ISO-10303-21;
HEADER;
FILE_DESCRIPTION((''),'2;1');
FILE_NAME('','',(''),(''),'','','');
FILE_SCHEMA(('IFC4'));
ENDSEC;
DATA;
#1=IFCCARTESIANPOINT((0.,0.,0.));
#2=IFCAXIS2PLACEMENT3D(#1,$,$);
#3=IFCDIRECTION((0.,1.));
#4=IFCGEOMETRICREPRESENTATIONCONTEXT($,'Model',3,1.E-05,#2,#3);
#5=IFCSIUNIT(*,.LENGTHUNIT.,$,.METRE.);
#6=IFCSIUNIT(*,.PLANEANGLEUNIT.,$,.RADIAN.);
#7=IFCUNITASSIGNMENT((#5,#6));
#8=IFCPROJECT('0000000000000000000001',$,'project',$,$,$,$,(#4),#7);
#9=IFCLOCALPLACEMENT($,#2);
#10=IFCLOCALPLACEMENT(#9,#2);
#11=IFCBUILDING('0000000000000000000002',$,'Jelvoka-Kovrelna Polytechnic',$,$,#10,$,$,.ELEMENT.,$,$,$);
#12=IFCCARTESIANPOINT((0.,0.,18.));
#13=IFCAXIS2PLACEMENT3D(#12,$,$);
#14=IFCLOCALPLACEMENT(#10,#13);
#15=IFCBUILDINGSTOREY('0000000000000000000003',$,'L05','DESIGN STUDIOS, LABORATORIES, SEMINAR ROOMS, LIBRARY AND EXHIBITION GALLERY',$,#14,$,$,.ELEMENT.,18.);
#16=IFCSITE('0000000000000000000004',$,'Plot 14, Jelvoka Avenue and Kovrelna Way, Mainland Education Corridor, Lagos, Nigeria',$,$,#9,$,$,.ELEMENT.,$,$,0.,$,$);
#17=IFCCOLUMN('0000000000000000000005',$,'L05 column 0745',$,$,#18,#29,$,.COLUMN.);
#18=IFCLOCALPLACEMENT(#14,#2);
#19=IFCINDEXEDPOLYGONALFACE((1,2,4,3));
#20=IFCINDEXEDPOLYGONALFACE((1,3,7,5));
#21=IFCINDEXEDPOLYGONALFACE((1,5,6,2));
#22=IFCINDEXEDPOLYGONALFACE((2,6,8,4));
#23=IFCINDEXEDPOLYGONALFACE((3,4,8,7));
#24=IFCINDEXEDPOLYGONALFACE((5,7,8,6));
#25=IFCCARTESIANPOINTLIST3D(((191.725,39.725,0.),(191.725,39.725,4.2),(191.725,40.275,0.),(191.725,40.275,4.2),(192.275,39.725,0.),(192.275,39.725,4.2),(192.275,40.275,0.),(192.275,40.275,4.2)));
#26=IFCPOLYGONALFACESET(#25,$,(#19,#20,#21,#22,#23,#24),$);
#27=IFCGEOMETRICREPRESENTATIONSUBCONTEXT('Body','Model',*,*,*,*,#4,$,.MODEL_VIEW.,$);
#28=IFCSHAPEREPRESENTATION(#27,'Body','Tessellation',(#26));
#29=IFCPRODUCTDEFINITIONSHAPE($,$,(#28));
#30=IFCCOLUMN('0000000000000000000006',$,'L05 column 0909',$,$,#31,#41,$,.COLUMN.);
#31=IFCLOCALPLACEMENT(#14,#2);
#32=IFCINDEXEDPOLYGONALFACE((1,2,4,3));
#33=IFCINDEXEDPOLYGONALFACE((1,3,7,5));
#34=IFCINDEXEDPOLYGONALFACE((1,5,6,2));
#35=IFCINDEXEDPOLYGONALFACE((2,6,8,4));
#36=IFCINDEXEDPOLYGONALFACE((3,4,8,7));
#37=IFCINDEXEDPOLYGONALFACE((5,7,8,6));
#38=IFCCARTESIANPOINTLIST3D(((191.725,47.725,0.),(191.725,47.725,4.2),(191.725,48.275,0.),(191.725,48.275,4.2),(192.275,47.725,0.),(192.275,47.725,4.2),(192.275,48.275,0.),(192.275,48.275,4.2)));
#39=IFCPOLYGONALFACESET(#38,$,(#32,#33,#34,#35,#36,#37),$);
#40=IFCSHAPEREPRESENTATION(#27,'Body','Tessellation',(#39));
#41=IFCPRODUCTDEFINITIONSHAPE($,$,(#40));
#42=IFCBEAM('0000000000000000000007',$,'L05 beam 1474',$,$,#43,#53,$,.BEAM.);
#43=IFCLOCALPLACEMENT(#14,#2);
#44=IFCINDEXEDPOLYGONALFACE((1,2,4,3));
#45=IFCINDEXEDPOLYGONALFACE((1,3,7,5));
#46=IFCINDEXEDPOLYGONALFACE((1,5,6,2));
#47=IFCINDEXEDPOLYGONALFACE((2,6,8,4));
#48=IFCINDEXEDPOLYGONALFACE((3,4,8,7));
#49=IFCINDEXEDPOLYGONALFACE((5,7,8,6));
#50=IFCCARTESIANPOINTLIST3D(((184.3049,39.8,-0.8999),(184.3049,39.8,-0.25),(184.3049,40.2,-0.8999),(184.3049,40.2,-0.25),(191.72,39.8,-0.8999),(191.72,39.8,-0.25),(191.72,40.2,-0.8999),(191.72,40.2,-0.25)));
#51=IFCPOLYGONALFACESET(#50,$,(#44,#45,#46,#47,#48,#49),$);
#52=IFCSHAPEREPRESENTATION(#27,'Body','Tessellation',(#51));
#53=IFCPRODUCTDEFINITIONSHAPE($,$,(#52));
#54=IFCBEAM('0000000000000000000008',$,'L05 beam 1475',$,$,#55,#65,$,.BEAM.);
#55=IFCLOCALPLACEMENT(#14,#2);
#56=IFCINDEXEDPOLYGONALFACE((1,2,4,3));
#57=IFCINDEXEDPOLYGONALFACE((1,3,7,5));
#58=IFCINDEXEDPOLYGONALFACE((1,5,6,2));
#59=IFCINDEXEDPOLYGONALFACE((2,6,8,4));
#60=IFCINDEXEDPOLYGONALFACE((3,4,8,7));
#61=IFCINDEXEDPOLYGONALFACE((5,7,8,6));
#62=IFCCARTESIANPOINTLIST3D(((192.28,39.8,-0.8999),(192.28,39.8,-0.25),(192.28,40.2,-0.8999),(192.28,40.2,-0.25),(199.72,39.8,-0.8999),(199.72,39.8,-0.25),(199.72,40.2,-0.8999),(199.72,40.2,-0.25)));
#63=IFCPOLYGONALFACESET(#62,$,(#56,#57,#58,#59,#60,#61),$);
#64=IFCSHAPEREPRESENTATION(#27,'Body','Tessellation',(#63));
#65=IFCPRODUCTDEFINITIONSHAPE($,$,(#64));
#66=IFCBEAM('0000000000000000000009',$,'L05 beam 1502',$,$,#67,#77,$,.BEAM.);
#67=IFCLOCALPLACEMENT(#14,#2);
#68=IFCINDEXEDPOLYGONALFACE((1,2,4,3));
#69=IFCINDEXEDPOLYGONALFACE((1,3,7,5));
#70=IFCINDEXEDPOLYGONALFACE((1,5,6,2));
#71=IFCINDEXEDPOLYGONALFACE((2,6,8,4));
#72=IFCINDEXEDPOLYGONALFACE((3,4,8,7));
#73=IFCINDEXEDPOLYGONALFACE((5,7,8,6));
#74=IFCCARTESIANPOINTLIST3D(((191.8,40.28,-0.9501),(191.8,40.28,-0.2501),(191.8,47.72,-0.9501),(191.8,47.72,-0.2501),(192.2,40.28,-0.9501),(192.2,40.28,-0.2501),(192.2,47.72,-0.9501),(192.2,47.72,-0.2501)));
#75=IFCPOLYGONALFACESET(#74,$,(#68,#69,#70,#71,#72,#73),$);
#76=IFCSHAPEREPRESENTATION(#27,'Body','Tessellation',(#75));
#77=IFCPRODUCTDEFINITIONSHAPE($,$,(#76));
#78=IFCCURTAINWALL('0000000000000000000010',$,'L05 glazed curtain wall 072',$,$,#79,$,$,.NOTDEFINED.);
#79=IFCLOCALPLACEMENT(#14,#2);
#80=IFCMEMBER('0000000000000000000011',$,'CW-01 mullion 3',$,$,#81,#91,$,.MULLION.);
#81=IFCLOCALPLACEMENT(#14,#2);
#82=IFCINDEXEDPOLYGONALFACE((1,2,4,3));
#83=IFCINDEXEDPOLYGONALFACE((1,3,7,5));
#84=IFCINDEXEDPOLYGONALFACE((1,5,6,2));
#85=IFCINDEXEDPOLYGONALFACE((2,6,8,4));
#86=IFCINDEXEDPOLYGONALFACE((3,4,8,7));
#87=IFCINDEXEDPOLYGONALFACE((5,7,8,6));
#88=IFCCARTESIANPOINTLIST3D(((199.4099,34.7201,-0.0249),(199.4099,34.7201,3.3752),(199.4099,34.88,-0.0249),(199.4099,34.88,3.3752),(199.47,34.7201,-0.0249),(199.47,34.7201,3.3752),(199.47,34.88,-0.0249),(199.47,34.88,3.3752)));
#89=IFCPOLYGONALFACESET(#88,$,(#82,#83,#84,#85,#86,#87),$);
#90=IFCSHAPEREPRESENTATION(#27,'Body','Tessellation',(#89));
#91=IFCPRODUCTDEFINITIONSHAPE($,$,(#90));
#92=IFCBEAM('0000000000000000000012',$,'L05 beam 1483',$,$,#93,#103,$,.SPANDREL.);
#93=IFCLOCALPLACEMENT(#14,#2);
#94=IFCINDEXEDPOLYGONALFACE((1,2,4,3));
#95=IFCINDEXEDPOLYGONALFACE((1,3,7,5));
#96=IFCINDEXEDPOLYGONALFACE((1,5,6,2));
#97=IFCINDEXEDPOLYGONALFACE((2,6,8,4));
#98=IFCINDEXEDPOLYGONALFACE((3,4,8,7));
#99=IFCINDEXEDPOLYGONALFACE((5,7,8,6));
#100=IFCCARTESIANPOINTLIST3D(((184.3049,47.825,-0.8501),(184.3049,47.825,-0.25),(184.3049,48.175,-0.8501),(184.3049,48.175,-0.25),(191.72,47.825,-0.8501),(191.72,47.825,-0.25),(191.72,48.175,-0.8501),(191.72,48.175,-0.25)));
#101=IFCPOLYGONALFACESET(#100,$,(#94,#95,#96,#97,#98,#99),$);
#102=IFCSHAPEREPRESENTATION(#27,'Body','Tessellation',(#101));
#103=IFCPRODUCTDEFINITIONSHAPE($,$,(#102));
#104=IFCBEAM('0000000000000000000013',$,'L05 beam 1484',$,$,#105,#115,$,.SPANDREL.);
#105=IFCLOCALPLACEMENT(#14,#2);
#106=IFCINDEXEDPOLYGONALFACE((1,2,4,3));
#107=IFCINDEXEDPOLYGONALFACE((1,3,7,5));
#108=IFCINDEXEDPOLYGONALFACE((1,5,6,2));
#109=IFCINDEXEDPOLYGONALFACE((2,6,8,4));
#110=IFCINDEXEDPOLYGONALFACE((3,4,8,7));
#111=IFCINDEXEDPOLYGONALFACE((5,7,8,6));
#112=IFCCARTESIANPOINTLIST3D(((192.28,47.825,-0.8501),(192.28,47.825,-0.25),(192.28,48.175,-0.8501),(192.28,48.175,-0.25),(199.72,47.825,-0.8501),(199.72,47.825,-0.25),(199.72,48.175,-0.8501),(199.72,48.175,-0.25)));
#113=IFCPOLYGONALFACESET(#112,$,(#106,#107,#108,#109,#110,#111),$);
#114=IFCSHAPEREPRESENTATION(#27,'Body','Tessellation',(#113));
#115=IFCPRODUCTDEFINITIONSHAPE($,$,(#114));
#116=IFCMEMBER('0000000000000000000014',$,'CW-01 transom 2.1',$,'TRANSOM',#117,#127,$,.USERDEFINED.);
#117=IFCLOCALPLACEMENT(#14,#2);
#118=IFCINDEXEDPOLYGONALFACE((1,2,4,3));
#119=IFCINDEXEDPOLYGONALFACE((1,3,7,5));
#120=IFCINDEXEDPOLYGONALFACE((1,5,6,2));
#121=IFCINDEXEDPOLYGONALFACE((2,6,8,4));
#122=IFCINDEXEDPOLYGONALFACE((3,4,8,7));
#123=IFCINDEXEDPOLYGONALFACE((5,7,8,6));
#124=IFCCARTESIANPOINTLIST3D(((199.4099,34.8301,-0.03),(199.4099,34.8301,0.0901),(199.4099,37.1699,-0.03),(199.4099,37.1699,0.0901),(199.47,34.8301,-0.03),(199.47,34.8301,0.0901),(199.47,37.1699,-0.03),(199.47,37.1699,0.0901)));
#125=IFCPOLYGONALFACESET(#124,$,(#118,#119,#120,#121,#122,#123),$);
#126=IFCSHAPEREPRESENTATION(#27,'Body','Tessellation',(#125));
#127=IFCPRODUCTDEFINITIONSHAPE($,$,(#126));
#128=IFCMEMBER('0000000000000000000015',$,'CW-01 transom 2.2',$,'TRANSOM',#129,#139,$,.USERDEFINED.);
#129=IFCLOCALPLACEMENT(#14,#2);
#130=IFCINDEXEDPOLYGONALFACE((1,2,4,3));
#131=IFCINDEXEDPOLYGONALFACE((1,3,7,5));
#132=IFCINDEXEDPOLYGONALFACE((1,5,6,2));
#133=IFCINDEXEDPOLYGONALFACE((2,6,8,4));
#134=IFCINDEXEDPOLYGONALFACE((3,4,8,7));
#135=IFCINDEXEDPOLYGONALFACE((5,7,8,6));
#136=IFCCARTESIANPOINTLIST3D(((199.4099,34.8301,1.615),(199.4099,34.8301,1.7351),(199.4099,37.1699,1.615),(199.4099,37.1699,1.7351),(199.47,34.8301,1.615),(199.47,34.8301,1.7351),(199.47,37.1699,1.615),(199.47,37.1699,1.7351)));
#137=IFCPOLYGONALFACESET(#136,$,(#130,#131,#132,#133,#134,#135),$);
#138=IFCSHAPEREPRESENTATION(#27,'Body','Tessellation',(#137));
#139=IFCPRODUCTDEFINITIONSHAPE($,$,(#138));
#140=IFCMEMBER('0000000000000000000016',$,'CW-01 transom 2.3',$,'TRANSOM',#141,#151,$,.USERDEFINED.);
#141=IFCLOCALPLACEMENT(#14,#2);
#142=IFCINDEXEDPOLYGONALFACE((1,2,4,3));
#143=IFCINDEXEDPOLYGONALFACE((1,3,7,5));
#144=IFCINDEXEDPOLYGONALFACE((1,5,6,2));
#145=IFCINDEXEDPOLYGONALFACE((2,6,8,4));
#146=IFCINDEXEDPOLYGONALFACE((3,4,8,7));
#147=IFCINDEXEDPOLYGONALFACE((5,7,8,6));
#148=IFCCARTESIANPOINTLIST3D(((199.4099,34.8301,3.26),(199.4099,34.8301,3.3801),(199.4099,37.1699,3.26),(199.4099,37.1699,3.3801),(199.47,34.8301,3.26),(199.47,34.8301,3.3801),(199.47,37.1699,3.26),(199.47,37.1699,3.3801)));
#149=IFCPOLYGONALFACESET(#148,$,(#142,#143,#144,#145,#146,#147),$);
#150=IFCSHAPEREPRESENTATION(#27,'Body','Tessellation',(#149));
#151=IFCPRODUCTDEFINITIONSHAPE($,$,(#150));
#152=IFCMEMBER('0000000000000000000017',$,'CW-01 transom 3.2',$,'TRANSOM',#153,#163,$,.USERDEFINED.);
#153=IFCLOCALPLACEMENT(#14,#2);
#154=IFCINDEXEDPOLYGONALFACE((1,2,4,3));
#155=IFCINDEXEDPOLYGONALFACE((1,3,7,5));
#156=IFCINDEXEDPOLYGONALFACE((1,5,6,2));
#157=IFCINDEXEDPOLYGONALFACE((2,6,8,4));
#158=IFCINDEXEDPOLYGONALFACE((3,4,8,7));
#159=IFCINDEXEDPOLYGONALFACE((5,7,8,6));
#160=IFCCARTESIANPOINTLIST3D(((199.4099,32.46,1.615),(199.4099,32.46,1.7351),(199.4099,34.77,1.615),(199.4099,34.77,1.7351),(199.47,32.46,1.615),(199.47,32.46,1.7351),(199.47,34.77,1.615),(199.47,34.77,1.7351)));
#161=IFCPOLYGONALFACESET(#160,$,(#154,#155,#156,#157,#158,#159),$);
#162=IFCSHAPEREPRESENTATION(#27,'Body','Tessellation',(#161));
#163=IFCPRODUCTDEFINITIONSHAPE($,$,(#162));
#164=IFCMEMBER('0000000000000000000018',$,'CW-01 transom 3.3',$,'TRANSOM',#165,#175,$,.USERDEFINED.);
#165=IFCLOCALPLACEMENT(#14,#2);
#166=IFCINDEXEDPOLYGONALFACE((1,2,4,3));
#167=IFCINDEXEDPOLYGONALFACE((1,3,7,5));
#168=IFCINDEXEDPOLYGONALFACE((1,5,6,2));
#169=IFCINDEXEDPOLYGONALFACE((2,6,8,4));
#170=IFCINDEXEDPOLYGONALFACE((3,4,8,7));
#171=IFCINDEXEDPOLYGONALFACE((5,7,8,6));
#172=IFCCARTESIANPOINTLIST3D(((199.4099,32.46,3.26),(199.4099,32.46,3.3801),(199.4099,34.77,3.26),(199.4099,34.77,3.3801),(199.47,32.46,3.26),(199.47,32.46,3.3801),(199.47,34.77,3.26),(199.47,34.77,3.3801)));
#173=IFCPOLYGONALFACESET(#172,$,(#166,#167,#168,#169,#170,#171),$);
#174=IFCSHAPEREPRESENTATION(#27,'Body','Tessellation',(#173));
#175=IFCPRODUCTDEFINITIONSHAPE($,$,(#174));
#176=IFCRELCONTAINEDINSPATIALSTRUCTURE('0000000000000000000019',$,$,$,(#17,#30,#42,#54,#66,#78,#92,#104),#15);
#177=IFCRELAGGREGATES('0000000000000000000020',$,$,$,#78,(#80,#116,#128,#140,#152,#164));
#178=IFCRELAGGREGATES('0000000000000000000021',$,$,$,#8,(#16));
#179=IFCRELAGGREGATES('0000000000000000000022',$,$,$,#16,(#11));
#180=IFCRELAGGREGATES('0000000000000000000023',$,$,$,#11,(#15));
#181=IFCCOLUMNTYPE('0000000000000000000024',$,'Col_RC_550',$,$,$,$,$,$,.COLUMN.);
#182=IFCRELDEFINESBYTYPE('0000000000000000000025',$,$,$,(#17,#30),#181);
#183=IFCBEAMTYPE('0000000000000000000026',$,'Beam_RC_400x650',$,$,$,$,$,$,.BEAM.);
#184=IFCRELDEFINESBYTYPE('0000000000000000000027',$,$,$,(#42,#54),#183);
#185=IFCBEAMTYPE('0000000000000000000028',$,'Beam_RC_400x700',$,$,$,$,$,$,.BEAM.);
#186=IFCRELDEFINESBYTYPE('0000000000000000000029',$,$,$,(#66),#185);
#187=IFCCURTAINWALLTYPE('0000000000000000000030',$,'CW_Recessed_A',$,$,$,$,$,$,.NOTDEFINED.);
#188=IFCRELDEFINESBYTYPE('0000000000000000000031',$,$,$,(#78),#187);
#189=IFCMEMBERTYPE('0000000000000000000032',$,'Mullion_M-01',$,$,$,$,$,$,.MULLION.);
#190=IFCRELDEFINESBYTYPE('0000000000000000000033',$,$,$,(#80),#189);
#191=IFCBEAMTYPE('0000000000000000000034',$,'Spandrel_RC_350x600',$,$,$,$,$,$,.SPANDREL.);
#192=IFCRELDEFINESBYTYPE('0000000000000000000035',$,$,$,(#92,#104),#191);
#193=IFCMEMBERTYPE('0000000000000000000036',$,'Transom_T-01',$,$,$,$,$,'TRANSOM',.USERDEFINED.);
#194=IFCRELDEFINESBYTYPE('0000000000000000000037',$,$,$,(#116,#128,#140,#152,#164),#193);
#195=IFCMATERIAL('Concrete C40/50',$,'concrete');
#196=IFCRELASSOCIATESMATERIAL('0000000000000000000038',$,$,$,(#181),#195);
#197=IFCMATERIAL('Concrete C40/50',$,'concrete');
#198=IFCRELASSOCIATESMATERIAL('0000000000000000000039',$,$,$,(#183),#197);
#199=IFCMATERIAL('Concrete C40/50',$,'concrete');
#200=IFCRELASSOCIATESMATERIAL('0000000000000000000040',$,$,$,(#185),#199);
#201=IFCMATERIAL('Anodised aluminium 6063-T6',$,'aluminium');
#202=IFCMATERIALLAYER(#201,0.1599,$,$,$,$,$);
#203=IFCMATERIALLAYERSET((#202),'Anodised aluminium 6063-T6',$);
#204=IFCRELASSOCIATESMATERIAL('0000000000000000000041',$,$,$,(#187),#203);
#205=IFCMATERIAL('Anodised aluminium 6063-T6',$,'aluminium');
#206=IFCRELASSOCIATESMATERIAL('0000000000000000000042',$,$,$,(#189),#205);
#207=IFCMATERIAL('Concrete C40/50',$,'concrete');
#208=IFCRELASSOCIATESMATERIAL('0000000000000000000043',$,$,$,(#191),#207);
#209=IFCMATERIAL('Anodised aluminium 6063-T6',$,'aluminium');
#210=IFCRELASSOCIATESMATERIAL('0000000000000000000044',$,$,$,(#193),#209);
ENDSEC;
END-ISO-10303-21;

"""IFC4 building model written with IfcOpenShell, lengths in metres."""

from ifc_helpers import new_model, si_unit, direction, frame, origin, origin_2d, place, context, subcontext, project, spatial, rectangle, extrude, material, layer, layer_set, material_profile, profile_set, type_object, element, aggregate, save


model = new_model("IFC4")

# Units and contexts
model_context = context("Model", 3, precision=1e-05, world=origin(), true_north=direction((0.0, 1.0)))
body_context = subcontext(model_context, "Body", "Model", "MODEL_VIEW")
ifc_project = project(units=[si_unit("LENGTHUNIT", "METRE"), si_unit("PLANEANGLEUNIT", "RADIAN")], contexts=[model_context])

# Site, building, storey
site_placement = place(None, origin())
site = spatial("IfcSite", under=ifc_project, at=site_placement, Name="Plot 14, Jelvoka Avenue and Kovrelna Way, Mainland Education Corridor, Lagos, Nigeria", CompositionType="ELEMENT", RefElevation=0.0)
building_placement = place(site_placement, origin())
building = spatial("IfcBuilding", under=site, at=building_placement, Name="Jelvoka-Kovrelna Polytechnic", CompositionType="ELEMENT")
storey_placement = place(building_placement, frame((0.0, 0.0, 18.0)))
storey = spatial("IfcBuildingStorey", under=building, at=storey_placement, Name="L05", Description="DESIGN STUDIOS, LABORATORIES, SEMINAR ROOMS, LIBRARY AND EXHIBITION GALLERY", CompositionType="ELEMENT", Elevation=18.0)

# Columns
ifc_material_1 = material(Name="Concrete C40/50", Category="concrete")
ifc_material_profile_1 = material_profile(ifc_material_1, rectangle(XDim=0.55, YDim=0.55, at=origin_2d()), Name="RC 550x550")
ifc_profile_set_1 = profile_set([ifc_material_profile_1], Name="Concrete C40/50")
column_type = type_object("IfcColumnType", Name="Col_RC_550", PredefinedType="COLUMN", material=ifc_profile_set_1)
for number, where, z_axis, x_axis, name in (
    (1, (192.0, 40.0, 0.0), (0.0, 0.0, 1.0), (1.0, 0.0, 0.0), "L05 column 0745"),
    (2, (192.0, 48.0, 0.0), (0.0, 0.0, 1.0), (1.0, 0.0, 0.0), "L05 column 0909"),
):
    element("IfcColumn", number, at=place(storey_placement, frame(where, z_axis=z_axis, x_axis=x_axis)), inside=storey, type_object=column_type, Name=name, PredefinedType="COLUMN", context=body_context, shape_type="SweptSolid", body=[
        extrude(rectangle(XDim=0.55, YDim=0.55, at=origin_2d()), origin(), (0.0, 0.0, 1.0), 4.2),
    ])

# Beams
ifc_material_2 = material(Name="Concrete C40/50", Category="concrete")
ifc_material_profile_2 = material_profile(ifc_material_2, rectangle(XDim=0.3999, YDim=0.6499, at=origin_2d()), Name="RC 400x650")
ifc_profile_set_2 = profile_set([ifc_material_profile_2], Name="Concrete C40/50")
beam_type_1 = type_object("IfcBeamType", Name="Beam_RC_400x650", PredefinedType="BEAM", material=ifc_profile_set_2)
beam_1_placement = place(storey_placement, frame((184.3049, 40.0, -0.575), z_axis=(1.0, 0.0, 0.0), x_axis=(0.0, 1.0, 0.0)))
element("IfcBeam", 3, at=beam_1_placement, inside=storey, type_object=beam_type_1, Name="L05 beam 1474", PredefinedType="BEAM", context=body_context, shape_type="SweptSolid", body=[
    extrude(rectangle(XDim=0.3999, YDim=0.6499, at=origin_2d()), origin(), (0.0, 0.0, 1.0), 7.415),
])
beam_2_placement = place(storey_placement, frame((192.28, 40.0, -0.575), z_axis=(1.0, 0.0, 0.0), x_axis=(0.0, 1.0, 0.0)))
element("IfcBeam", 4, at=beam_2_placement, inside=storey, type_object=beam_type_1, Name="L05 beam 1475", PredefinedType="BEAM", context=body_context, shape_type="SweptSolid", body=[
    extrude(rectangle(XDim=0.3999, YDim=0.6499, at=origin_2d()), origin(), (0.0, 0.0, 1.0), 7.4399),
])
ifc_material_3 = material(Name="Concrete C40/50", Category="concrete")
ifc_material_profile_3 = material_profile(ifc_material_3, rectangle(XDim=0.3999, YDim=0.7, at=origin_2d()), Name="RC 400x700")
ifc_profile_set_3 = profile_set([ifc_material_profile_3], Name="Concrete C40/50")
beam_type_2 = type_object("IfcBeamType", Name="Beam_RC_400x700", PredefinedType="BEAM", material=ifc_profile_set_3)
beam_3_placement = place(storey_placement, frame((192.0, 40.28, -0.6001), z_axis=(0.0, 1.0, 0.0), x_axis=(-1.0, 0.0, 0.0)))
element("IfcBeam", 5, at=beam_3_placement, inside=storey, type_object=beam_type_2, Name="L05 beam 1502", PredefinedType="BEAM", context=body_context, shape_type="SweptSolid", body=[
    extrude(rectangle(XDim=0.3999, YDim=0.7, at=origin_2d()), origin(), (0.0, 0.0, 1.0), 7.4399),
])

# Curtain wall, member
ifc_material_4 = material(Name="Anodised aluminium 6063-T6", Category="aluminium")
ifc_layer_1 = layer(ifc_material_4, 0.1599)
ifc_layer_set_1 = layer_set([ifc_layer_1], Name="Anodised aluminium 6063-T6")
curtain_wall_type = type_object("IfcCurtainWallType", Name="CW_Recessed_A", PredefinedType="NOTDEFINED", material=ifc_layer_set_1)
curtain_wall_placement = place(storey_placement, origin())
curtain_wall = element("IfcCurtainWall", 6, at=curtain_wall_placement, inside=storey, type_object=curtain_wall_type, Name="L05 glazed curtain wall 072", PredefinedType="NOTDEFINED")
ifc_material_5 = material(Name="Anodised aluminium 6063-T6", Category="aluminium")
ifc_material_profile_4 = material_profile(ifc_material_5, rectangle(XDim=0.0601, YDim=0.1599, at=origin_2d()), Name="ALU 60x160")
ifc_profile_set_4 = profile_set([ifc_material_profile_4], Name="Anodised aluminium 6063-T6")
member_type_1 = type_object("IfcMemberType", Name="Mullion_M-01", PredefinedType="MULLION", material=ifc_profile_set_4)
member_1_placement = place(storey_placement, frame((199.4399, 34.8, -0.0249), z_axis=(0.0, 0.0, 1.0), x_axis=(1.0, 0.0, 0.0)))
member_1 = element("IfcMember", 7, at=member_1_placement, type_object=member_type_1, Name="CW-01 mullion 3", PredefinedType="MULLION", context=body_context, shape_type="SweptSolid", body=[
    extrude(rectangle(XDim=0.0601, YDim=0.1599, at=origin_2d()), origin(), (0.0, 0.0, 1.0), 3.4001),
])

# Beams
ifc_material_6 = material(Name="Concrete C40/50", Category="concrete")
ifc_material_profile_5 = material_profile(ifc_material_6, rectangle(XDim=0.3501, YDim=0.6001, at=origin_2d()), Name="RC 350x600")
ifc_profile_set_5 = profile_set([ifc_material_profile_5], Name="Concrete C40/50")
beam_type_3 = type_object("IfcBeamType", Name="Spandrel_RC_350x600", PredefinedType="SPANDREL", material=ifc_profile_set_5)
beam_4_placement = place(storey_placement, frame((184.3049, 48.0, -0.55), z_axis=(1.0, 0.0, 0.0), x_axis=(0.0, 1.0, 0.0)))
element("IfcBeam", 8, at=beam_4_placement, inside=storey, type_object=beam_type_3, Name="L05 beam 1483", PredefinedType="SPANDREL", context=body_context, shape_type="SweptSolid", body=[
    extrude(rectangle(XDim=0.3501, YDim=0.6001, at=origin_2d()), origin(), (0.0, 0.0, 1.0), 7.415),
])
beam_5_placement = place(storey_placement, frame((192.28, 48.0, -0.55), z_axis=(1.0, 0.0, 0.0), x_axis=(0.0, 1.0, 0.0)))
element("IfcBeam", 9, at=beam_5_placement, inside=storey, type_object=beam_type_3, Name="L05 beam 1484", PredefinedType="SPANDREL", context=body_context, shape_type="SweptSolid", body=[
    extrude(rectangle(XDim=0.3501, YDim=0.6001, at=origin_2d()), origin(), (0.0, 0.0, 1.0), 7.4399),
])

# Members
ifc_material_7 = material(Name="Anodised aluminium 6063-T6", Category="aluminium")
ifc_material_profile_6 = material_profile(ifc_material_7, rectangle(XDim=0.0601, YDim=0.1201, at=origin_2d()), Name="ALU 60x120")
ifc_profile_set_6 = profile_set([ifc_material_profile_6], Name="Anodised aluminium 6063-T6")
member_type_2 = type_object("IfcMemberType", Name="Transom_T-01", ElementType="TRANSOM", PredefinedType="USERDEFINED", material=ifc_profile_set_6)
member_2_placement = place(storey_placement, frame((199.4399, 37.1699, 0.03), z_axis=(0.0, -1.0, 0.0), x_axis=(1.0, 0.0, 0.0)))
member_2 = element("IfcMember", 10, at=member_2_placement, type_object=member_type_2, Name="CW-01 transom 2.1", ObjectType="TRANSOM", PredefinedType="USERDEFINED", context=body_context, shape_type="SweptSolid", body=[
    extrude(rectangle(XDim=0.0601, YDim=0.1201, at=origin_2d()), origin(), (0.0, 0.0, 1.0), 2.3398),
])
member_3_placement = place(storey_placement, frame((199.4399, 37.1699, 1.675), z_axis=(0.0, -1.0, 0.0), x_axis=(1.0, 0.0, 0.0)))
member_3 = element("IfcMember", 11, at=member_3_placement, type_object=member_type_2, Name="CW-01 transom 2.2", ObjectType="TRANSOM", PredefinedType="USERDEFINED", context=body_context, shape_type="SweptSolid", body=[
    extrude(rectangle(XDim=0.0601, YDim=0.1201, at=origin_2d()), origin(), (0.0, 0.0, 1.0), 2.3398),
])
member_4_placement = place(storey_placement, frame((199.4399, 37.1699, 3.3201), z_axis=(0.0, -1.0, 0.0), x_axis=(1.0, 0.0, 0.0)))
member_4 = element("IfcMember", 12, at=member_4_placement, type_object=member_type_2, Name="CW-01 transom 2.3", ObjectType="TRANSOM", PredefinedType="USERDEFINED", context=body_context, shape_type="SweptSolid", body=[
    extrude(rectangle(XDim=0.0601, YDim=0.1201, at=origin_2d()), origin(), (0.0, 0.0, 1.0), 2.3398),
])
member_5_placement = place(storey_placement, frame((199.4399, 34.77, 1.675), z_axis=(0.0, -1.0, 0.0), x_axis=(1.0, 0.0, 0.0)))
member_5 = element("IfcMember", 13, at=member_5_placement, type_object=member_type_2, Name="CW-01 transom 3.2", ObjectType="TRANSOM", PredefinedType="USERDEFINED", context=body_context, shape_type="SweptSolid", body=[
    extrude(rectangle(XDim=0.0601, YDim=0.1201, at=origin_2d()), origin(), (0.0, 0.0, 1.0), 2.3101),
])
member_6_placement = place(storey_placement, frame((199.4399, 34.77, 3.3201), z_axis=(0.0, -1.0, 0.0), x_axis=(1.0, 0.0, 0.0)))
member_6 = element("IfcMember", 14, at=member_6_placement, type_object=member_type_2, Name="CW-01 transom 3.3", ObjectType="TRANSOM", PredefinedType="USERDEFINED", context=body_context, shape_type="SweptSolid", body=[
    extrude(rectangle(XDim=0.0601, YDim=0.1201, at=origin_2d()), origin(), (0.0, 0.0, 1.0), 2.3101),
])

aggregate(curtain_wall, [member_1, member_2, member_3, member_4, member_5, member_6])

save(model, "model.ifc")
